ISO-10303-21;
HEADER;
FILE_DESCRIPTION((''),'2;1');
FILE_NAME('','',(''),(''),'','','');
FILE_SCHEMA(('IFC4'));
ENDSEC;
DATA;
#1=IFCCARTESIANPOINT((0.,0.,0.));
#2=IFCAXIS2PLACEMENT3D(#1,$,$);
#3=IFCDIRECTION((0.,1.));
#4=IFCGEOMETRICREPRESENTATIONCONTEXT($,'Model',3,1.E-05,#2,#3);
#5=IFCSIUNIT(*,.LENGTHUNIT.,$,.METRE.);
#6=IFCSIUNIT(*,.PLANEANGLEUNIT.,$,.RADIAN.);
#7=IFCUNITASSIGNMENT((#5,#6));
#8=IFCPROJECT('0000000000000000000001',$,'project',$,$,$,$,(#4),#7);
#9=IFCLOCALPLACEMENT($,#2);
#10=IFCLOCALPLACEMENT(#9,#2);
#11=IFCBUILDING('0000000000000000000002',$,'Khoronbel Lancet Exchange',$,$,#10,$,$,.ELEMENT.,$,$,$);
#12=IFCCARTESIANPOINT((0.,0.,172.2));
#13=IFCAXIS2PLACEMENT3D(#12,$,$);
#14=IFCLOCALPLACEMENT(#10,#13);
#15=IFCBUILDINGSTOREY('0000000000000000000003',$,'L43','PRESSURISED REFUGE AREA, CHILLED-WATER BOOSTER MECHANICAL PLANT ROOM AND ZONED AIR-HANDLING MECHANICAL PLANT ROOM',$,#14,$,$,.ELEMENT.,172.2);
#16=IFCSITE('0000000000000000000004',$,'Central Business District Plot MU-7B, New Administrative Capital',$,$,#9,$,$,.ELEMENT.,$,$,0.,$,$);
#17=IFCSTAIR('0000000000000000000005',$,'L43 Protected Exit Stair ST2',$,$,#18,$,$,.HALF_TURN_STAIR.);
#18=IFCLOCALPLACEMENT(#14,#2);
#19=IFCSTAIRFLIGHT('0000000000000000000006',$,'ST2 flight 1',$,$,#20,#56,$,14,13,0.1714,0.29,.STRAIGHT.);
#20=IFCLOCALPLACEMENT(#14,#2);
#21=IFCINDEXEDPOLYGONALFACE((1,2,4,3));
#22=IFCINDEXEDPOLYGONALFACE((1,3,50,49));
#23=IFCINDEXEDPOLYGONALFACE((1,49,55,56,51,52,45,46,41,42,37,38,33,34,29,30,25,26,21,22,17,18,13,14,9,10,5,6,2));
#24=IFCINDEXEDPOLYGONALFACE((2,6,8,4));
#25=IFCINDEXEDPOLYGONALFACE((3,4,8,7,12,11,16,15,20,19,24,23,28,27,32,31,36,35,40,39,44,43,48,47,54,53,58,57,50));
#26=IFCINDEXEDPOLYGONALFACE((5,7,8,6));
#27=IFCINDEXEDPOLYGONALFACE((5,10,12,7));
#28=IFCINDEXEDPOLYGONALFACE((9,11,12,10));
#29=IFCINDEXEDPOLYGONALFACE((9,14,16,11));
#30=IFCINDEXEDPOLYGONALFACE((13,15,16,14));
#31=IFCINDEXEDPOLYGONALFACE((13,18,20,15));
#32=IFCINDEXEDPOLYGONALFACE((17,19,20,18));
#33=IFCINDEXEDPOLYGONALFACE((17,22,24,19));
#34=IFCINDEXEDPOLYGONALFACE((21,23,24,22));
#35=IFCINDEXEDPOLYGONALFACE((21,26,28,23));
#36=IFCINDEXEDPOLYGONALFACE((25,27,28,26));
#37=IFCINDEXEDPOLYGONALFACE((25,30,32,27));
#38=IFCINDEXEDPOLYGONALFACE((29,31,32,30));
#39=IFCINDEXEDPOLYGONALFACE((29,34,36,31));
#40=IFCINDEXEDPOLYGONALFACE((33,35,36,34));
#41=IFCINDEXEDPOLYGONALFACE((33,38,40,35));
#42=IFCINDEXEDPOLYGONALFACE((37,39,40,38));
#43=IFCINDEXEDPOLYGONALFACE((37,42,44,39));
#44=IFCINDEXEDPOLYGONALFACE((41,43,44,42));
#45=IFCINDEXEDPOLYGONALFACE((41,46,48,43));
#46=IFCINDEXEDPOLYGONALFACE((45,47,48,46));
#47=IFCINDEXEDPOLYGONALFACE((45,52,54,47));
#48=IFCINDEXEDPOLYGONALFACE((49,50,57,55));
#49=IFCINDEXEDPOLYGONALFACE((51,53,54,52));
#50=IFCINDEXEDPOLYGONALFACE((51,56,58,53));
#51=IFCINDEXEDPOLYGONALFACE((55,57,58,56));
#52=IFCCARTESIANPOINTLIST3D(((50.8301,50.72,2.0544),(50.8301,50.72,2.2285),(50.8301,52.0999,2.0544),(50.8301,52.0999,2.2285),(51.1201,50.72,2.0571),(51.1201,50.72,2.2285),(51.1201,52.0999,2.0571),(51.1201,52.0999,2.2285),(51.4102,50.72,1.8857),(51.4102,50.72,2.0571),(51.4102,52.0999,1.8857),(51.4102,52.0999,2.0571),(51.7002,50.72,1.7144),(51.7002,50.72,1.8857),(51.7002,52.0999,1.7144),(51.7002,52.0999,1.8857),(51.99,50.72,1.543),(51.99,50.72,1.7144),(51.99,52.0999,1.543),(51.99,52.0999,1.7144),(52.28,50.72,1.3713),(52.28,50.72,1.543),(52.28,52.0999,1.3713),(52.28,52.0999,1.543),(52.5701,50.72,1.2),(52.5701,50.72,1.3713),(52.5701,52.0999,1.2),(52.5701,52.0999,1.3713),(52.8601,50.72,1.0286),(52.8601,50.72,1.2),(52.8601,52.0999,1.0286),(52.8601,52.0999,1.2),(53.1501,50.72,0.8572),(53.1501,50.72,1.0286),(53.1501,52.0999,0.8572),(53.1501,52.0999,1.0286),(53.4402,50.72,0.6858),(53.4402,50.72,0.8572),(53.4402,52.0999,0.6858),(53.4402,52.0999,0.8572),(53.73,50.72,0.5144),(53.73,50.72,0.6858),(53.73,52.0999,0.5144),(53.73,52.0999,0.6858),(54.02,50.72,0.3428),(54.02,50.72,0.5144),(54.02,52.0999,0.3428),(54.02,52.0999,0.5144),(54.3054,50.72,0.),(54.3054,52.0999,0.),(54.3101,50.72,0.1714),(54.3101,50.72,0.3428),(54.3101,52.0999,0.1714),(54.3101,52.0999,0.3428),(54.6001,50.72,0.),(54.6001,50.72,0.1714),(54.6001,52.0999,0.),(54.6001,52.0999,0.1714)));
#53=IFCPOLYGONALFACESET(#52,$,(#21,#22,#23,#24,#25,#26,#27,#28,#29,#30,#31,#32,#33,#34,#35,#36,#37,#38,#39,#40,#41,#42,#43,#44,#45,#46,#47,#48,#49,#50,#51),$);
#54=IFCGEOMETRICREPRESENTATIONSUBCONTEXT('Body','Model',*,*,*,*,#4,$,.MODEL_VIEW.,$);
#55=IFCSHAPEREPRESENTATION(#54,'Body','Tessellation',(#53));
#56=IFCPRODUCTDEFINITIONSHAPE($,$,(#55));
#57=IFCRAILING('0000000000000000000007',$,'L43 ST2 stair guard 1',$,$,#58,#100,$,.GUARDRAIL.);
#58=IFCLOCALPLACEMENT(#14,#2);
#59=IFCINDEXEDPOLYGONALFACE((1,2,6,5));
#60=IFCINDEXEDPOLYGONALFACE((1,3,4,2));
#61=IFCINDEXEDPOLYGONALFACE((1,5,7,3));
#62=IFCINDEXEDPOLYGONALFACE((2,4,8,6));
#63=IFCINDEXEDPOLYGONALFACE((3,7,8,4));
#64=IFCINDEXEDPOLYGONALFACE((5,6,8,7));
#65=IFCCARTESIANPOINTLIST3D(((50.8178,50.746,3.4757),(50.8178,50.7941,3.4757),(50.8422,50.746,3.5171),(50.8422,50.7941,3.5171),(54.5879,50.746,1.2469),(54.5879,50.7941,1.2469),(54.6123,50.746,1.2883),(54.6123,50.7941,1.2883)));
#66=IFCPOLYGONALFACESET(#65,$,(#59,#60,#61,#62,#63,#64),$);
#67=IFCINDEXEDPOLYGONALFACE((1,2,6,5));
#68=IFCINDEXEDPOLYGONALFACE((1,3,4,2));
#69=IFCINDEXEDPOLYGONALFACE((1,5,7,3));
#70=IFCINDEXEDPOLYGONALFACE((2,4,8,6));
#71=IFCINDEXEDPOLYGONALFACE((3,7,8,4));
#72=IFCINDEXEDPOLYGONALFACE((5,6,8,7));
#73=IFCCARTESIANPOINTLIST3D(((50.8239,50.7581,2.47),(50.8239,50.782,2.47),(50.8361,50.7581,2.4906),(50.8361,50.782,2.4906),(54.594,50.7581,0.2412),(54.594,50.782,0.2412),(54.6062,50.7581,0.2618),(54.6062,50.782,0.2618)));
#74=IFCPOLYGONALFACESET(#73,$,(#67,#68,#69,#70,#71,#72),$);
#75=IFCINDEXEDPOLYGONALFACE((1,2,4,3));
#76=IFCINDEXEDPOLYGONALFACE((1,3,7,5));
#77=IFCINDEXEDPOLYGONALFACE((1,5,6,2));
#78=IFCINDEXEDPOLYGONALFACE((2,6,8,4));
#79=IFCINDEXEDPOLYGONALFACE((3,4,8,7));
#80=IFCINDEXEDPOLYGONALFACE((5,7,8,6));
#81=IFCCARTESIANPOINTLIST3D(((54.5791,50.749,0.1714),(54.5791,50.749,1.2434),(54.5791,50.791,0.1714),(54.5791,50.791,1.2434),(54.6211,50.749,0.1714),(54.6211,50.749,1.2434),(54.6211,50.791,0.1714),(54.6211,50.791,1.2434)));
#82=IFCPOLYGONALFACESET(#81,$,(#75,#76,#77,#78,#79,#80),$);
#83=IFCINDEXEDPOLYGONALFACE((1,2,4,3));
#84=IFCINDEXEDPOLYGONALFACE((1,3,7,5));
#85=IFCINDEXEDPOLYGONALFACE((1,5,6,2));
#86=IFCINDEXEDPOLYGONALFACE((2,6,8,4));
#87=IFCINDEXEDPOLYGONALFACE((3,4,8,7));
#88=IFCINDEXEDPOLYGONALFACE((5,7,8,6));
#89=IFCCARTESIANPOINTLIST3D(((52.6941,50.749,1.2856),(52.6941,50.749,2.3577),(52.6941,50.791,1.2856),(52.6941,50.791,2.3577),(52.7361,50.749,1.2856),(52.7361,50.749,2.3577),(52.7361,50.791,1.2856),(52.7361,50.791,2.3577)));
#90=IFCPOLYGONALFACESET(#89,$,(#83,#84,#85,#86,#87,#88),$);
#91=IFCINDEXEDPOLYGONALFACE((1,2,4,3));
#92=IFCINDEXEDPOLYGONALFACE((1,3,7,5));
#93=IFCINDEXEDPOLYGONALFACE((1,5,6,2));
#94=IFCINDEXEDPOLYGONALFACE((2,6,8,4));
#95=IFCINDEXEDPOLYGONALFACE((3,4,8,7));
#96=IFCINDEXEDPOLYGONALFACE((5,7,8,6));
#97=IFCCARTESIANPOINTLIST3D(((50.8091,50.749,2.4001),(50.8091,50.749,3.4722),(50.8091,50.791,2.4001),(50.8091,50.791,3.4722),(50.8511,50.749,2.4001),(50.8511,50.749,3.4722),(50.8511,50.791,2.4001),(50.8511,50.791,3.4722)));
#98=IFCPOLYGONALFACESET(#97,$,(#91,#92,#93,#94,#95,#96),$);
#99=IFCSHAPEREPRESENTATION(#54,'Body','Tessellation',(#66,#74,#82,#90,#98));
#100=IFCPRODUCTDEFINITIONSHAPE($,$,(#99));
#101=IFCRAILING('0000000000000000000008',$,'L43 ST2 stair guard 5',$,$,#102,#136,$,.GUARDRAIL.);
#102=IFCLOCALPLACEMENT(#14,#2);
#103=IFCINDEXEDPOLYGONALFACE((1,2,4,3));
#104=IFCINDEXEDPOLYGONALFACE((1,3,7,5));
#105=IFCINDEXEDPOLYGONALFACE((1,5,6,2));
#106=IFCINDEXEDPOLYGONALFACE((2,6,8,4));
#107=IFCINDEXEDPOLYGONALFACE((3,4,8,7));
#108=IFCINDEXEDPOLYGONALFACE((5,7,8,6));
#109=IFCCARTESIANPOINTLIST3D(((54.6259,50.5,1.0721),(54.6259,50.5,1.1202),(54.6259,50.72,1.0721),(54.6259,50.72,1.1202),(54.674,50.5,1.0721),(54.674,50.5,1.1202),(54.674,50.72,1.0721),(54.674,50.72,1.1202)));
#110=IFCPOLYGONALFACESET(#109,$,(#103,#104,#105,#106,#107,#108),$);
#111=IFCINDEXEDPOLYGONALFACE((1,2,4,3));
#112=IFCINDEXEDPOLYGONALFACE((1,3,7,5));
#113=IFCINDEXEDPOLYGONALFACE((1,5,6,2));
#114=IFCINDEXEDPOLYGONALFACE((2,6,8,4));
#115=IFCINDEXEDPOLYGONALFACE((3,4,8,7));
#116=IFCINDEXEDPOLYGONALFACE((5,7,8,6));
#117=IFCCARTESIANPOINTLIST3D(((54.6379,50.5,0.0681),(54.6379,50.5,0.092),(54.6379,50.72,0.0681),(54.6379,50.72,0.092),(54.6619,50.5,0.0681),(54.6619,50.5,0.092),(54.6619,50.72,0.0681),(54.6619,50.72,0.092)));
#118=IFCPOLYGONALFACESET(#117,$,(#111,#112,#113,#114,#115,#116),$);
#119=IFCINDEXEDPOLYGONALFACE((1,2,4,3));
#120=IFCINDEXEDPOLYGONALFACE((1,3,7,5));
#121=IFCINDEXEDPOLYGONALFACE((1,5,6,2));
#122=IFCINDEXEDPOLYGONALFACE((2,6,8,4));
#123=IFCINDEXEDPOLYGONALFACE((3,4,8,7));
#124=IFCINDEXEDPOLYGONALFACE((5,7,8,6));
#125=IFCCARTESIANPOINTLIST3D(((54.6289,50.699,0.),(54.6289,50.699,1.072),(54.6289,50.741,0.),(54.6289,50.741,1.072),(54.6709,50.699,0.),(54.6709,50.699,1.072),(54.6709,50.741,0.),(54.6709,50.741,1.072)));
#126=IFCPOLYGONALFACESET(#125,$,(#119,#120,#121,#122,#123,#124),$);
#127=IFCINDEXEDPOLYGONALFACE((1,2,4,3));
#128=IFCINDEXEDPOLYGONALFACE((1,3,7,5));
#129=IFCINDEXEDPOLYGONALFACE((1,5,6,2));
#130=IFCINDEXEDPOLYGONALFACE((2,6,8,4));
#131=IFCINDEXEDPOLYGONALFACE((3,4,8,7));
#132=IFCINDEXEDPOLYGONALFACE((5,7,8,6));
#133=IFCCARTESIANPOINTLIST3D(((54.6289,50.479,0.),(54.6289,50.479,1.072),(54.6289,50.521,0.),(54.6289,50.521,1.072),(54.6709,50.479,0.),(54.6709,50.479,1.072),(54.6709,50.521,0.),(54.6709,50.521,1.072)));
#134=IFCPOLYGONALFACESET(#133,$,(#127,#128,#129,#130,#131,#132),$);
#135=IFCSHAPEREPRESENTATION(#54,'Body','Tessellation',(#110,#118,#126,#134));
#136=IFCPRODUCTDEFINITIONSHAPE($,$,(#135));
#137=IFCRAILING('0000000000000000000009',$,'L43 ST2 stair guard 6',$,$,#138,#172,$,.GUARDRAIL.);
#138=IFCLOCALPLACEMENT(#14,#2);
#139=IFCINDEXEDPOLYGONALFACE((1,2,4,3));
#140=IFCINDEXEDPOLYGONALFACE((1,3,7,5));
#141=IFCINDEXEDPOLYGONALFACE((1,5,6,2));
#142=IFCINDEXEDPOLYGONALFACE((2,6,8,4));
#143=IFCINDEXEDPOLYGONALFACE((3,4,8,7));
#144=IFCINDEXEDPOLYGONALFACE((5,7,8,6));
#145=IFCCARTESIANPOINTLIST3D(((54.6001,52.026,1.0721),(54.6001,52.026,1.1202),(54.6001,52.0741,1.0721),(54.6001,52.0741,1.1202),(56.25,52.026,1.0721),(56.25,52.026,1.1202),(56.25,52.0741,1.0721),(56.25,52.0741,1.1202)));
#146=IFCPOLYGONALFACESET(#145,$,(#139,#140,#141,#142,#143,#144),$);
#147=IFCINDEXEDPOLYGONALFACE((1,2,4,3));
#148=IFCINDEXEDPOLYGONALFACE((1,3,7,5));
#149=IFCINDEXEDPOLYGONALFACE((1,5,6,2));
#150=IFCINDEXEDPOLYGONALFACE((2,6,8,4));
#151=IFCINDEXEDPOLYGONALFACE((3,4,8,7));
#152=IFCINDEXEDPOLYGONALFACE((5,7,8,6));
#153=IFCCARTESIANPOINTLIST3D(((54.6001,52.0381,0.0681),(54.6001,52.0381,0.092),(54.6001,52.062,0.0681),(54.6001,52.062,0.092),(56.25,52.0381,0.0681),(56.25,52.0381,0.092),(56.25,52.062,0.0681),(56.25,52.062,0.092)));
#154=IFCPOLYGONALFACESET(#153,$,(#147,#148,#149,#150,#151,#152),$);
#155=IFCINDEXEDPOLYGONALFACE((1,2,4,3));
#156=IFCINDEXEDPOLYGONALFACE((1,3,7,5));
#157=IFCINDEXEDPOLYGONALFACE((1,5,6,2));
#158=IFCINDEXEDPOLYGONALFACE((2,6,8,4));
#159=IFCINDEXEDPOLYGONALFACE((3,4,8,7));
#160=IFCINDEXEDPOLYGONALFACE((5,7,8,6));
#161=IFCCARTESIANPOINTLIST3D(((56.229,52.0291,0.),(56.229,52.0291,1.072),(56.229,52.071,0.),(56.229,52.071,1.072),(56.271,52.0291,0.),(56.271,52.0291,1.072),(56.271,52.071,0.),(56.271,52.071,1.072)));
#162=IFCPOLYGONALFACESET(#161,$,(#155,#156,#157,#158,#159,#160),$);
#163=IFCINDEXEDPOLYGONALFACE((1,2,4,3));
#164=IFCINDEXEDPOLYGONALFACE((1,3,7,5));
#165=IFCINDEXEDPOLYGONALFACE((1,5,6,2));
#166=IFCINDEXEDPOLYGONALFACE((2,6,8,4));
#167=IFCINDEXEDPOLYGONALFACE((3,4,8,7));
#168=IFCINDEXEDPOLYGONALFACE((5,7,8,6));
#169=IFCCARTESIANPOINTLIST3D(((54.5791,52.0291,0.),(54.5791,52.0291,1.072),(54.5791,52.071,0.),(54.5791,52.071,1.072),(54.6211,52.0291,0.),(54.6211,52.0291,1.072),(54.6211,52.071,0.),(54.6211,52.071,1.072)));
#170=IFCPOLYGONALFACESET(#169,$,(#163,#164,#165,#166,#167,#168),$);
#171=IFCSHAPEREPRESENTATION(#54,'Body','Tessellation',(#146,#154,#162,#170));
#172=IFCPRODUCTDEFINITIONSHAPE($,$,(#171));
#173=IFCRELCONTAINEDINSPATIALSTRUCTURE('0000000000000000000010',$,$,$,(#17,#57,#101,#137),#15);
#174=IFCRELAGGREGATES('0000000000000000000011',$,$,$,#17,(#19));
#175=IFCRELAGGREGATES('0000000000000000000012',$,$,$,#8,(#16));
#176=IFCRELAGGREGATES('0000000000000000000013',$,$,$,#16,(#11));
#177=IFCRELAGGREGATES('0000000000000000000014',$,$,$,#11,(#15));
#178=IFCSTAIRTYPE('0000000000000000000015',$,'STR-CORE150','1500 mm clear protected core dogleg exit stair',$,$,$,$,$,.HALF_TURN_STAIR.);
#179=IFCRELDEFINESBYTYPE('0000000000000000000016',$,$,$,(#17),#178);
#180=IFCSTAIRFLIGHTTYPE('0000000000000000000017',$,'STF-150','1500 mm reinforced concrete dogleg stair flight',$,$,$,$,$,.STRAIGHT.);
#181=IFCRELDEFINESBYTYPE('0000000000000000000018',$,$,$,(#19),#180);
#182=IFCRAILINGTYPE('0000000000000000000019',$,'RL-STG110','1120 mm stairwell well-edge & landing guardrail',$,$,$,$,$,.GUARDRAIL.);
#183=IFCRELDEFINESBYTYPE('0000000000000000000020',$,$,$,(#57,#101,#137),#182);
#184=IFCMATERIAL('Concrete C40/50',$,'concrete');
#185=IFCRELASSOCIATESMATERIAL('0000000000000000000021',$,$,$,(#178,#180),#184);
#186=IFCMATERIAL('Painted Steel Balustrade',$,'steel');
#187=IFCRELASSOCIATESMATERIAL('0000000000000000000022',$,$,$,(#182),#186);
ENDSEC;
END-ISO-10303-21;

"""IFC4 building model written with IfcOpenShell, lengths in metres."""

from ifc_helpers import new_model, si_unit, direction, frame, origin, origin_2d, place, context, subcontext, project, spatial, polyline, rectangle, outline, extrude, material, type_object, element, aggregate, save


model = new_model("IFC4")

# Units and contexts
model_context = context("Model", 3, precision=1e-05, world=origin(), true_north=direction((0.0, 1.0)))
body_context = subcontext(model_context, "Body", "Model", "MODEL_VIEW")
ifc_project = project(units=[si_unit("LENGTHUNIT", "METRE"), si_unit("PLANEANGLEUNIT", "RADIAN")], contexts=[model_context])

# Site, building, storey
site_placement = place(None, origin())
site = spatial("IfcSite", under=ifc_project, at=site_placement, Name="Central Business District Plot MU-7B, New Administrative Capital", CompositionType="ELEMENT", RefElevation=0.0)
building_placement = place(site_placement, origin())
building = spatial("IfcBuilding", under=site, at=building_placement, Name="Khoronbel Lancet Exchange", CompositionType="ELEMENT")
storey_placement = place(building_placement, frame((0.0, 0.0, 172.2)))
storey = spatial("IfcBuildingStorey", under=building, at=storey_placement, Name="L43", Description="PRESSURISED REFUGE AREA, CHILLED-WATER BOOSTER MECHANICAL PLANT ROOM AND ZONED AIR-HANDLING MECHANICAL PLANT ROOM", CompositionType="ELEMENT", Elevation=172.2)

# Stair, stair flight
ifc_material_1 = material(Name="Concrete C40/50", Category="concrete")
stair_type = type_object("IfcStairType", Name="STR-CORE150", Description="1500 mm clear protected core dogleg exit stair", PredefinedType="HALF_TURN_STAIR", material=ifc_material_1)
stair_placement = place(storey_placement, origin())
stair = element("IfcStair", 1, at=stair_placement, inside=storey, type_object=stair_type, Name="L43 Protected Exit Stair ST2", PredefinedType="HALF_TURN_STAIR")
stair_flight_type = type_object("IfcStairFlightType", Name="STF-150", Description="1500 mm reinforced concrete dogleg stair flight", PredefinedType="STRAIGHT", material=ifc_material_1)
stair_flight_placement = place(storey_placement, frame((54.6001, 51.4099, 0.0), z_axis=(0.0, 0.0, 1.0), x_axis=(-1.0, 0.0, 0.0)))
stair_flight = element("IfcStairFlight", 2, at=stair_flight_placement, type_object=stair_flight_type, Name="ST2 flight 1", NumberOfRisers=14, NumberOfTreads=13, PredefinedType="STRAIGHT", RiserHeight=0.1714, TreadLength=0.29, context=body_context, shape_type="SweptSolid", body=[
    extrude(outline(polyline([(0.0, 0.0), (0.0, 0.1714), (0.29, 0.1714), (0.29, 0.3428), (0.5801, 0.3428), (0.5801, 0.5144), (0.8701, 0.5144), (0.8701, 0.6858), (1.1599, 0.6858), (1.1599, 0.8572), (1.45, 0.8572), (1.45, 1.0286), (1.74, 1.0286), (1.74, 1.2), (2.03, 1.2), (2.03, 1.3713), (2.3201, 1.3713), (2.3201, 1.543), (2.6101, 1.543), (2.6101, 1.7144), (2.8999, 1.7144), (2.8999, 1.8857), (3.1899, 1.8857), (3.1899, 2.0571), (3.48, 2.0571), (3.48, 2.2285), (3.77, 2.2285), (3.77, 2.3999), (3.77, 2.0544), (0.2947, 0.0), (0.0, 0.0)])), frame((0.0, 0.6899, 0.0), z_axis=(0.0, -1.0, 0.0), x_axis=(1.0, 0.0, 0.0)), (0.0, 0.0, 1.0), 1.3799),
])
aggregate(stair, [stair_flight])

# Railings
ifc_material_2 = material(Name="Painted Steel Balustrade", Category="steel")
railing_type_1 = type_object("IfcRailingType", Name="RL-STG110", Description="1120 mm stairwell well-edge & landing guardrail", PredefinedType="GUARDRAIL", material=ifc_material_2)
railing_1_placement = place(storey_placement, frame((54.6001, 50.77, 0.1714)))
element("IfcRailing", 3, at=railing_1_placement, inside=storey, type_object=railing_type_1, Name="L43 ST2 stair guard 1", PredefinedType="GUARDRAIL", context=body_context, shape_type="SweptSolid", body=[
    extrude(rectangle(XDim=0.0481, YDim=0.0481, at=origin_2d()), frame((0.0, 0.0, 1.0962), z_axis=(-0.860824, 0.0, 0.508902), x_axis=(0.0, -1.0, 0.0)), (0.0, 0.0, 1.0), 4.3796),
    extrude(rectangle(XDim=0.0239, YDim=0.0239, at=origin_2d()), frame((0.0, 0.0, 0.0801), z_axis=(-0.860824, 0.0, 0.508902), x_axis=(0.0, -1.0, 0.0)), (0.0, 0.0, 1.0), 4.3796),
    extrude(rectangle(XDim=0.042, YDim=0.042, at=origin_2d()), origin(), (0.0, 0.0, 1.0), 1.072),
    extrude(rectangle(XDim=0.042, YDim=0.042, at=origin_2d()), frame((-1.885, 0.0, 1.1143)), (0.0, 0.0, 1.0), 1.072),
    extrude(rectangle(XDim=0.042, YDim=0.042, at=origin_2d()), frame((-3.77, 0.0, 2.2288)), (0.0, 0.0, 1.0), 1.072),
])
railing_2_placement = place(storey_placement, frame((54.6499, 50.72, 0.0)))
element("IfcRailing", 4, at=railing_2_placement, inside=storey, type_object=railing_type_1, Name="L43 ST2 stair guard 5", PredefinedType="GUARDRAIL", context=body_context, shape_type="SweptSolid", body=[
    extrude(rectangle(XDim=0.0481, YDim=0.0481, at=origin_2d()), frame((0.0, 0.0, 1.0962), z_axis=(0.0, -1.0, 0.0), x_axis=(1.0, 0.0, 0.0)), (0.0, 0.0, 1.0), 0.22),
    extrude(rectangle(XDim=0.0239, YDim=0.0239, at=origin_2d()), frame((0.0, 0.0, 0.0801), z_axis=(0.0, -1.0, 0.0), x_axis=(1.0, 0.0, 0.0)), (0.0, 0.0, 1.0), 0.22),
    extrude(rectangle(XDim=0.042, YDim=0.042, at=origin_2d()), origin(), (0.0, 0.0, 1.0), 1.072),
    extrude(rectangle(XDim=0.042, YDim=0.042, at=origin_2d()), frame((0.0, -0.22, 0.0)), (0.0, 0.0, 1.0), 1.072),
])
railing_3_placement = place(storey_placement, frame((56.25, 52.05, 0.0)))
element("IfcRailing", 5, at=railing_3_placement, inside=storey, type_object=railing_type_1, Name="L43 ST2 stair guard 6", PredefinedType="GUARDRAIL", context=body_context, shape_type="SweptSolid", body=[
    extrude(rectangle(XDim=0.0481, YDim=0.0481, at=origin_2d()), frame((0.0, 0.0, 1.0962), z_axis=(-1.0, 0.0, 0.0), x_axis=(0.0, -1.0, 0.0)), (0.0, 0.0, 1.0), 1.6499),
    extrude(rectangle(XDim=0.0239, YDim=0.0239, at=origin_2d()), frame((0.0, 0.0, 0.0801), z_axis=(-1.0, 0.0, 0.0), x_axis=(0.0, -1.0, 0.0)), (0.0, 0.0, 1.0), 1.6499),
    extrude(rectangle(XDim=0.042, YDim=0.042, at=origin_2d()), origin(), (0.0, 0.0, 1.0), 1.072),
    extrude(rectangle(XDim=0.042, YDim=0.042, at=origin_2d()), frame((-1.6499, 0.0, 0.0)), (0.0, 0.0, 1.0), 1.072),
])

save(model, "model.ifc")
